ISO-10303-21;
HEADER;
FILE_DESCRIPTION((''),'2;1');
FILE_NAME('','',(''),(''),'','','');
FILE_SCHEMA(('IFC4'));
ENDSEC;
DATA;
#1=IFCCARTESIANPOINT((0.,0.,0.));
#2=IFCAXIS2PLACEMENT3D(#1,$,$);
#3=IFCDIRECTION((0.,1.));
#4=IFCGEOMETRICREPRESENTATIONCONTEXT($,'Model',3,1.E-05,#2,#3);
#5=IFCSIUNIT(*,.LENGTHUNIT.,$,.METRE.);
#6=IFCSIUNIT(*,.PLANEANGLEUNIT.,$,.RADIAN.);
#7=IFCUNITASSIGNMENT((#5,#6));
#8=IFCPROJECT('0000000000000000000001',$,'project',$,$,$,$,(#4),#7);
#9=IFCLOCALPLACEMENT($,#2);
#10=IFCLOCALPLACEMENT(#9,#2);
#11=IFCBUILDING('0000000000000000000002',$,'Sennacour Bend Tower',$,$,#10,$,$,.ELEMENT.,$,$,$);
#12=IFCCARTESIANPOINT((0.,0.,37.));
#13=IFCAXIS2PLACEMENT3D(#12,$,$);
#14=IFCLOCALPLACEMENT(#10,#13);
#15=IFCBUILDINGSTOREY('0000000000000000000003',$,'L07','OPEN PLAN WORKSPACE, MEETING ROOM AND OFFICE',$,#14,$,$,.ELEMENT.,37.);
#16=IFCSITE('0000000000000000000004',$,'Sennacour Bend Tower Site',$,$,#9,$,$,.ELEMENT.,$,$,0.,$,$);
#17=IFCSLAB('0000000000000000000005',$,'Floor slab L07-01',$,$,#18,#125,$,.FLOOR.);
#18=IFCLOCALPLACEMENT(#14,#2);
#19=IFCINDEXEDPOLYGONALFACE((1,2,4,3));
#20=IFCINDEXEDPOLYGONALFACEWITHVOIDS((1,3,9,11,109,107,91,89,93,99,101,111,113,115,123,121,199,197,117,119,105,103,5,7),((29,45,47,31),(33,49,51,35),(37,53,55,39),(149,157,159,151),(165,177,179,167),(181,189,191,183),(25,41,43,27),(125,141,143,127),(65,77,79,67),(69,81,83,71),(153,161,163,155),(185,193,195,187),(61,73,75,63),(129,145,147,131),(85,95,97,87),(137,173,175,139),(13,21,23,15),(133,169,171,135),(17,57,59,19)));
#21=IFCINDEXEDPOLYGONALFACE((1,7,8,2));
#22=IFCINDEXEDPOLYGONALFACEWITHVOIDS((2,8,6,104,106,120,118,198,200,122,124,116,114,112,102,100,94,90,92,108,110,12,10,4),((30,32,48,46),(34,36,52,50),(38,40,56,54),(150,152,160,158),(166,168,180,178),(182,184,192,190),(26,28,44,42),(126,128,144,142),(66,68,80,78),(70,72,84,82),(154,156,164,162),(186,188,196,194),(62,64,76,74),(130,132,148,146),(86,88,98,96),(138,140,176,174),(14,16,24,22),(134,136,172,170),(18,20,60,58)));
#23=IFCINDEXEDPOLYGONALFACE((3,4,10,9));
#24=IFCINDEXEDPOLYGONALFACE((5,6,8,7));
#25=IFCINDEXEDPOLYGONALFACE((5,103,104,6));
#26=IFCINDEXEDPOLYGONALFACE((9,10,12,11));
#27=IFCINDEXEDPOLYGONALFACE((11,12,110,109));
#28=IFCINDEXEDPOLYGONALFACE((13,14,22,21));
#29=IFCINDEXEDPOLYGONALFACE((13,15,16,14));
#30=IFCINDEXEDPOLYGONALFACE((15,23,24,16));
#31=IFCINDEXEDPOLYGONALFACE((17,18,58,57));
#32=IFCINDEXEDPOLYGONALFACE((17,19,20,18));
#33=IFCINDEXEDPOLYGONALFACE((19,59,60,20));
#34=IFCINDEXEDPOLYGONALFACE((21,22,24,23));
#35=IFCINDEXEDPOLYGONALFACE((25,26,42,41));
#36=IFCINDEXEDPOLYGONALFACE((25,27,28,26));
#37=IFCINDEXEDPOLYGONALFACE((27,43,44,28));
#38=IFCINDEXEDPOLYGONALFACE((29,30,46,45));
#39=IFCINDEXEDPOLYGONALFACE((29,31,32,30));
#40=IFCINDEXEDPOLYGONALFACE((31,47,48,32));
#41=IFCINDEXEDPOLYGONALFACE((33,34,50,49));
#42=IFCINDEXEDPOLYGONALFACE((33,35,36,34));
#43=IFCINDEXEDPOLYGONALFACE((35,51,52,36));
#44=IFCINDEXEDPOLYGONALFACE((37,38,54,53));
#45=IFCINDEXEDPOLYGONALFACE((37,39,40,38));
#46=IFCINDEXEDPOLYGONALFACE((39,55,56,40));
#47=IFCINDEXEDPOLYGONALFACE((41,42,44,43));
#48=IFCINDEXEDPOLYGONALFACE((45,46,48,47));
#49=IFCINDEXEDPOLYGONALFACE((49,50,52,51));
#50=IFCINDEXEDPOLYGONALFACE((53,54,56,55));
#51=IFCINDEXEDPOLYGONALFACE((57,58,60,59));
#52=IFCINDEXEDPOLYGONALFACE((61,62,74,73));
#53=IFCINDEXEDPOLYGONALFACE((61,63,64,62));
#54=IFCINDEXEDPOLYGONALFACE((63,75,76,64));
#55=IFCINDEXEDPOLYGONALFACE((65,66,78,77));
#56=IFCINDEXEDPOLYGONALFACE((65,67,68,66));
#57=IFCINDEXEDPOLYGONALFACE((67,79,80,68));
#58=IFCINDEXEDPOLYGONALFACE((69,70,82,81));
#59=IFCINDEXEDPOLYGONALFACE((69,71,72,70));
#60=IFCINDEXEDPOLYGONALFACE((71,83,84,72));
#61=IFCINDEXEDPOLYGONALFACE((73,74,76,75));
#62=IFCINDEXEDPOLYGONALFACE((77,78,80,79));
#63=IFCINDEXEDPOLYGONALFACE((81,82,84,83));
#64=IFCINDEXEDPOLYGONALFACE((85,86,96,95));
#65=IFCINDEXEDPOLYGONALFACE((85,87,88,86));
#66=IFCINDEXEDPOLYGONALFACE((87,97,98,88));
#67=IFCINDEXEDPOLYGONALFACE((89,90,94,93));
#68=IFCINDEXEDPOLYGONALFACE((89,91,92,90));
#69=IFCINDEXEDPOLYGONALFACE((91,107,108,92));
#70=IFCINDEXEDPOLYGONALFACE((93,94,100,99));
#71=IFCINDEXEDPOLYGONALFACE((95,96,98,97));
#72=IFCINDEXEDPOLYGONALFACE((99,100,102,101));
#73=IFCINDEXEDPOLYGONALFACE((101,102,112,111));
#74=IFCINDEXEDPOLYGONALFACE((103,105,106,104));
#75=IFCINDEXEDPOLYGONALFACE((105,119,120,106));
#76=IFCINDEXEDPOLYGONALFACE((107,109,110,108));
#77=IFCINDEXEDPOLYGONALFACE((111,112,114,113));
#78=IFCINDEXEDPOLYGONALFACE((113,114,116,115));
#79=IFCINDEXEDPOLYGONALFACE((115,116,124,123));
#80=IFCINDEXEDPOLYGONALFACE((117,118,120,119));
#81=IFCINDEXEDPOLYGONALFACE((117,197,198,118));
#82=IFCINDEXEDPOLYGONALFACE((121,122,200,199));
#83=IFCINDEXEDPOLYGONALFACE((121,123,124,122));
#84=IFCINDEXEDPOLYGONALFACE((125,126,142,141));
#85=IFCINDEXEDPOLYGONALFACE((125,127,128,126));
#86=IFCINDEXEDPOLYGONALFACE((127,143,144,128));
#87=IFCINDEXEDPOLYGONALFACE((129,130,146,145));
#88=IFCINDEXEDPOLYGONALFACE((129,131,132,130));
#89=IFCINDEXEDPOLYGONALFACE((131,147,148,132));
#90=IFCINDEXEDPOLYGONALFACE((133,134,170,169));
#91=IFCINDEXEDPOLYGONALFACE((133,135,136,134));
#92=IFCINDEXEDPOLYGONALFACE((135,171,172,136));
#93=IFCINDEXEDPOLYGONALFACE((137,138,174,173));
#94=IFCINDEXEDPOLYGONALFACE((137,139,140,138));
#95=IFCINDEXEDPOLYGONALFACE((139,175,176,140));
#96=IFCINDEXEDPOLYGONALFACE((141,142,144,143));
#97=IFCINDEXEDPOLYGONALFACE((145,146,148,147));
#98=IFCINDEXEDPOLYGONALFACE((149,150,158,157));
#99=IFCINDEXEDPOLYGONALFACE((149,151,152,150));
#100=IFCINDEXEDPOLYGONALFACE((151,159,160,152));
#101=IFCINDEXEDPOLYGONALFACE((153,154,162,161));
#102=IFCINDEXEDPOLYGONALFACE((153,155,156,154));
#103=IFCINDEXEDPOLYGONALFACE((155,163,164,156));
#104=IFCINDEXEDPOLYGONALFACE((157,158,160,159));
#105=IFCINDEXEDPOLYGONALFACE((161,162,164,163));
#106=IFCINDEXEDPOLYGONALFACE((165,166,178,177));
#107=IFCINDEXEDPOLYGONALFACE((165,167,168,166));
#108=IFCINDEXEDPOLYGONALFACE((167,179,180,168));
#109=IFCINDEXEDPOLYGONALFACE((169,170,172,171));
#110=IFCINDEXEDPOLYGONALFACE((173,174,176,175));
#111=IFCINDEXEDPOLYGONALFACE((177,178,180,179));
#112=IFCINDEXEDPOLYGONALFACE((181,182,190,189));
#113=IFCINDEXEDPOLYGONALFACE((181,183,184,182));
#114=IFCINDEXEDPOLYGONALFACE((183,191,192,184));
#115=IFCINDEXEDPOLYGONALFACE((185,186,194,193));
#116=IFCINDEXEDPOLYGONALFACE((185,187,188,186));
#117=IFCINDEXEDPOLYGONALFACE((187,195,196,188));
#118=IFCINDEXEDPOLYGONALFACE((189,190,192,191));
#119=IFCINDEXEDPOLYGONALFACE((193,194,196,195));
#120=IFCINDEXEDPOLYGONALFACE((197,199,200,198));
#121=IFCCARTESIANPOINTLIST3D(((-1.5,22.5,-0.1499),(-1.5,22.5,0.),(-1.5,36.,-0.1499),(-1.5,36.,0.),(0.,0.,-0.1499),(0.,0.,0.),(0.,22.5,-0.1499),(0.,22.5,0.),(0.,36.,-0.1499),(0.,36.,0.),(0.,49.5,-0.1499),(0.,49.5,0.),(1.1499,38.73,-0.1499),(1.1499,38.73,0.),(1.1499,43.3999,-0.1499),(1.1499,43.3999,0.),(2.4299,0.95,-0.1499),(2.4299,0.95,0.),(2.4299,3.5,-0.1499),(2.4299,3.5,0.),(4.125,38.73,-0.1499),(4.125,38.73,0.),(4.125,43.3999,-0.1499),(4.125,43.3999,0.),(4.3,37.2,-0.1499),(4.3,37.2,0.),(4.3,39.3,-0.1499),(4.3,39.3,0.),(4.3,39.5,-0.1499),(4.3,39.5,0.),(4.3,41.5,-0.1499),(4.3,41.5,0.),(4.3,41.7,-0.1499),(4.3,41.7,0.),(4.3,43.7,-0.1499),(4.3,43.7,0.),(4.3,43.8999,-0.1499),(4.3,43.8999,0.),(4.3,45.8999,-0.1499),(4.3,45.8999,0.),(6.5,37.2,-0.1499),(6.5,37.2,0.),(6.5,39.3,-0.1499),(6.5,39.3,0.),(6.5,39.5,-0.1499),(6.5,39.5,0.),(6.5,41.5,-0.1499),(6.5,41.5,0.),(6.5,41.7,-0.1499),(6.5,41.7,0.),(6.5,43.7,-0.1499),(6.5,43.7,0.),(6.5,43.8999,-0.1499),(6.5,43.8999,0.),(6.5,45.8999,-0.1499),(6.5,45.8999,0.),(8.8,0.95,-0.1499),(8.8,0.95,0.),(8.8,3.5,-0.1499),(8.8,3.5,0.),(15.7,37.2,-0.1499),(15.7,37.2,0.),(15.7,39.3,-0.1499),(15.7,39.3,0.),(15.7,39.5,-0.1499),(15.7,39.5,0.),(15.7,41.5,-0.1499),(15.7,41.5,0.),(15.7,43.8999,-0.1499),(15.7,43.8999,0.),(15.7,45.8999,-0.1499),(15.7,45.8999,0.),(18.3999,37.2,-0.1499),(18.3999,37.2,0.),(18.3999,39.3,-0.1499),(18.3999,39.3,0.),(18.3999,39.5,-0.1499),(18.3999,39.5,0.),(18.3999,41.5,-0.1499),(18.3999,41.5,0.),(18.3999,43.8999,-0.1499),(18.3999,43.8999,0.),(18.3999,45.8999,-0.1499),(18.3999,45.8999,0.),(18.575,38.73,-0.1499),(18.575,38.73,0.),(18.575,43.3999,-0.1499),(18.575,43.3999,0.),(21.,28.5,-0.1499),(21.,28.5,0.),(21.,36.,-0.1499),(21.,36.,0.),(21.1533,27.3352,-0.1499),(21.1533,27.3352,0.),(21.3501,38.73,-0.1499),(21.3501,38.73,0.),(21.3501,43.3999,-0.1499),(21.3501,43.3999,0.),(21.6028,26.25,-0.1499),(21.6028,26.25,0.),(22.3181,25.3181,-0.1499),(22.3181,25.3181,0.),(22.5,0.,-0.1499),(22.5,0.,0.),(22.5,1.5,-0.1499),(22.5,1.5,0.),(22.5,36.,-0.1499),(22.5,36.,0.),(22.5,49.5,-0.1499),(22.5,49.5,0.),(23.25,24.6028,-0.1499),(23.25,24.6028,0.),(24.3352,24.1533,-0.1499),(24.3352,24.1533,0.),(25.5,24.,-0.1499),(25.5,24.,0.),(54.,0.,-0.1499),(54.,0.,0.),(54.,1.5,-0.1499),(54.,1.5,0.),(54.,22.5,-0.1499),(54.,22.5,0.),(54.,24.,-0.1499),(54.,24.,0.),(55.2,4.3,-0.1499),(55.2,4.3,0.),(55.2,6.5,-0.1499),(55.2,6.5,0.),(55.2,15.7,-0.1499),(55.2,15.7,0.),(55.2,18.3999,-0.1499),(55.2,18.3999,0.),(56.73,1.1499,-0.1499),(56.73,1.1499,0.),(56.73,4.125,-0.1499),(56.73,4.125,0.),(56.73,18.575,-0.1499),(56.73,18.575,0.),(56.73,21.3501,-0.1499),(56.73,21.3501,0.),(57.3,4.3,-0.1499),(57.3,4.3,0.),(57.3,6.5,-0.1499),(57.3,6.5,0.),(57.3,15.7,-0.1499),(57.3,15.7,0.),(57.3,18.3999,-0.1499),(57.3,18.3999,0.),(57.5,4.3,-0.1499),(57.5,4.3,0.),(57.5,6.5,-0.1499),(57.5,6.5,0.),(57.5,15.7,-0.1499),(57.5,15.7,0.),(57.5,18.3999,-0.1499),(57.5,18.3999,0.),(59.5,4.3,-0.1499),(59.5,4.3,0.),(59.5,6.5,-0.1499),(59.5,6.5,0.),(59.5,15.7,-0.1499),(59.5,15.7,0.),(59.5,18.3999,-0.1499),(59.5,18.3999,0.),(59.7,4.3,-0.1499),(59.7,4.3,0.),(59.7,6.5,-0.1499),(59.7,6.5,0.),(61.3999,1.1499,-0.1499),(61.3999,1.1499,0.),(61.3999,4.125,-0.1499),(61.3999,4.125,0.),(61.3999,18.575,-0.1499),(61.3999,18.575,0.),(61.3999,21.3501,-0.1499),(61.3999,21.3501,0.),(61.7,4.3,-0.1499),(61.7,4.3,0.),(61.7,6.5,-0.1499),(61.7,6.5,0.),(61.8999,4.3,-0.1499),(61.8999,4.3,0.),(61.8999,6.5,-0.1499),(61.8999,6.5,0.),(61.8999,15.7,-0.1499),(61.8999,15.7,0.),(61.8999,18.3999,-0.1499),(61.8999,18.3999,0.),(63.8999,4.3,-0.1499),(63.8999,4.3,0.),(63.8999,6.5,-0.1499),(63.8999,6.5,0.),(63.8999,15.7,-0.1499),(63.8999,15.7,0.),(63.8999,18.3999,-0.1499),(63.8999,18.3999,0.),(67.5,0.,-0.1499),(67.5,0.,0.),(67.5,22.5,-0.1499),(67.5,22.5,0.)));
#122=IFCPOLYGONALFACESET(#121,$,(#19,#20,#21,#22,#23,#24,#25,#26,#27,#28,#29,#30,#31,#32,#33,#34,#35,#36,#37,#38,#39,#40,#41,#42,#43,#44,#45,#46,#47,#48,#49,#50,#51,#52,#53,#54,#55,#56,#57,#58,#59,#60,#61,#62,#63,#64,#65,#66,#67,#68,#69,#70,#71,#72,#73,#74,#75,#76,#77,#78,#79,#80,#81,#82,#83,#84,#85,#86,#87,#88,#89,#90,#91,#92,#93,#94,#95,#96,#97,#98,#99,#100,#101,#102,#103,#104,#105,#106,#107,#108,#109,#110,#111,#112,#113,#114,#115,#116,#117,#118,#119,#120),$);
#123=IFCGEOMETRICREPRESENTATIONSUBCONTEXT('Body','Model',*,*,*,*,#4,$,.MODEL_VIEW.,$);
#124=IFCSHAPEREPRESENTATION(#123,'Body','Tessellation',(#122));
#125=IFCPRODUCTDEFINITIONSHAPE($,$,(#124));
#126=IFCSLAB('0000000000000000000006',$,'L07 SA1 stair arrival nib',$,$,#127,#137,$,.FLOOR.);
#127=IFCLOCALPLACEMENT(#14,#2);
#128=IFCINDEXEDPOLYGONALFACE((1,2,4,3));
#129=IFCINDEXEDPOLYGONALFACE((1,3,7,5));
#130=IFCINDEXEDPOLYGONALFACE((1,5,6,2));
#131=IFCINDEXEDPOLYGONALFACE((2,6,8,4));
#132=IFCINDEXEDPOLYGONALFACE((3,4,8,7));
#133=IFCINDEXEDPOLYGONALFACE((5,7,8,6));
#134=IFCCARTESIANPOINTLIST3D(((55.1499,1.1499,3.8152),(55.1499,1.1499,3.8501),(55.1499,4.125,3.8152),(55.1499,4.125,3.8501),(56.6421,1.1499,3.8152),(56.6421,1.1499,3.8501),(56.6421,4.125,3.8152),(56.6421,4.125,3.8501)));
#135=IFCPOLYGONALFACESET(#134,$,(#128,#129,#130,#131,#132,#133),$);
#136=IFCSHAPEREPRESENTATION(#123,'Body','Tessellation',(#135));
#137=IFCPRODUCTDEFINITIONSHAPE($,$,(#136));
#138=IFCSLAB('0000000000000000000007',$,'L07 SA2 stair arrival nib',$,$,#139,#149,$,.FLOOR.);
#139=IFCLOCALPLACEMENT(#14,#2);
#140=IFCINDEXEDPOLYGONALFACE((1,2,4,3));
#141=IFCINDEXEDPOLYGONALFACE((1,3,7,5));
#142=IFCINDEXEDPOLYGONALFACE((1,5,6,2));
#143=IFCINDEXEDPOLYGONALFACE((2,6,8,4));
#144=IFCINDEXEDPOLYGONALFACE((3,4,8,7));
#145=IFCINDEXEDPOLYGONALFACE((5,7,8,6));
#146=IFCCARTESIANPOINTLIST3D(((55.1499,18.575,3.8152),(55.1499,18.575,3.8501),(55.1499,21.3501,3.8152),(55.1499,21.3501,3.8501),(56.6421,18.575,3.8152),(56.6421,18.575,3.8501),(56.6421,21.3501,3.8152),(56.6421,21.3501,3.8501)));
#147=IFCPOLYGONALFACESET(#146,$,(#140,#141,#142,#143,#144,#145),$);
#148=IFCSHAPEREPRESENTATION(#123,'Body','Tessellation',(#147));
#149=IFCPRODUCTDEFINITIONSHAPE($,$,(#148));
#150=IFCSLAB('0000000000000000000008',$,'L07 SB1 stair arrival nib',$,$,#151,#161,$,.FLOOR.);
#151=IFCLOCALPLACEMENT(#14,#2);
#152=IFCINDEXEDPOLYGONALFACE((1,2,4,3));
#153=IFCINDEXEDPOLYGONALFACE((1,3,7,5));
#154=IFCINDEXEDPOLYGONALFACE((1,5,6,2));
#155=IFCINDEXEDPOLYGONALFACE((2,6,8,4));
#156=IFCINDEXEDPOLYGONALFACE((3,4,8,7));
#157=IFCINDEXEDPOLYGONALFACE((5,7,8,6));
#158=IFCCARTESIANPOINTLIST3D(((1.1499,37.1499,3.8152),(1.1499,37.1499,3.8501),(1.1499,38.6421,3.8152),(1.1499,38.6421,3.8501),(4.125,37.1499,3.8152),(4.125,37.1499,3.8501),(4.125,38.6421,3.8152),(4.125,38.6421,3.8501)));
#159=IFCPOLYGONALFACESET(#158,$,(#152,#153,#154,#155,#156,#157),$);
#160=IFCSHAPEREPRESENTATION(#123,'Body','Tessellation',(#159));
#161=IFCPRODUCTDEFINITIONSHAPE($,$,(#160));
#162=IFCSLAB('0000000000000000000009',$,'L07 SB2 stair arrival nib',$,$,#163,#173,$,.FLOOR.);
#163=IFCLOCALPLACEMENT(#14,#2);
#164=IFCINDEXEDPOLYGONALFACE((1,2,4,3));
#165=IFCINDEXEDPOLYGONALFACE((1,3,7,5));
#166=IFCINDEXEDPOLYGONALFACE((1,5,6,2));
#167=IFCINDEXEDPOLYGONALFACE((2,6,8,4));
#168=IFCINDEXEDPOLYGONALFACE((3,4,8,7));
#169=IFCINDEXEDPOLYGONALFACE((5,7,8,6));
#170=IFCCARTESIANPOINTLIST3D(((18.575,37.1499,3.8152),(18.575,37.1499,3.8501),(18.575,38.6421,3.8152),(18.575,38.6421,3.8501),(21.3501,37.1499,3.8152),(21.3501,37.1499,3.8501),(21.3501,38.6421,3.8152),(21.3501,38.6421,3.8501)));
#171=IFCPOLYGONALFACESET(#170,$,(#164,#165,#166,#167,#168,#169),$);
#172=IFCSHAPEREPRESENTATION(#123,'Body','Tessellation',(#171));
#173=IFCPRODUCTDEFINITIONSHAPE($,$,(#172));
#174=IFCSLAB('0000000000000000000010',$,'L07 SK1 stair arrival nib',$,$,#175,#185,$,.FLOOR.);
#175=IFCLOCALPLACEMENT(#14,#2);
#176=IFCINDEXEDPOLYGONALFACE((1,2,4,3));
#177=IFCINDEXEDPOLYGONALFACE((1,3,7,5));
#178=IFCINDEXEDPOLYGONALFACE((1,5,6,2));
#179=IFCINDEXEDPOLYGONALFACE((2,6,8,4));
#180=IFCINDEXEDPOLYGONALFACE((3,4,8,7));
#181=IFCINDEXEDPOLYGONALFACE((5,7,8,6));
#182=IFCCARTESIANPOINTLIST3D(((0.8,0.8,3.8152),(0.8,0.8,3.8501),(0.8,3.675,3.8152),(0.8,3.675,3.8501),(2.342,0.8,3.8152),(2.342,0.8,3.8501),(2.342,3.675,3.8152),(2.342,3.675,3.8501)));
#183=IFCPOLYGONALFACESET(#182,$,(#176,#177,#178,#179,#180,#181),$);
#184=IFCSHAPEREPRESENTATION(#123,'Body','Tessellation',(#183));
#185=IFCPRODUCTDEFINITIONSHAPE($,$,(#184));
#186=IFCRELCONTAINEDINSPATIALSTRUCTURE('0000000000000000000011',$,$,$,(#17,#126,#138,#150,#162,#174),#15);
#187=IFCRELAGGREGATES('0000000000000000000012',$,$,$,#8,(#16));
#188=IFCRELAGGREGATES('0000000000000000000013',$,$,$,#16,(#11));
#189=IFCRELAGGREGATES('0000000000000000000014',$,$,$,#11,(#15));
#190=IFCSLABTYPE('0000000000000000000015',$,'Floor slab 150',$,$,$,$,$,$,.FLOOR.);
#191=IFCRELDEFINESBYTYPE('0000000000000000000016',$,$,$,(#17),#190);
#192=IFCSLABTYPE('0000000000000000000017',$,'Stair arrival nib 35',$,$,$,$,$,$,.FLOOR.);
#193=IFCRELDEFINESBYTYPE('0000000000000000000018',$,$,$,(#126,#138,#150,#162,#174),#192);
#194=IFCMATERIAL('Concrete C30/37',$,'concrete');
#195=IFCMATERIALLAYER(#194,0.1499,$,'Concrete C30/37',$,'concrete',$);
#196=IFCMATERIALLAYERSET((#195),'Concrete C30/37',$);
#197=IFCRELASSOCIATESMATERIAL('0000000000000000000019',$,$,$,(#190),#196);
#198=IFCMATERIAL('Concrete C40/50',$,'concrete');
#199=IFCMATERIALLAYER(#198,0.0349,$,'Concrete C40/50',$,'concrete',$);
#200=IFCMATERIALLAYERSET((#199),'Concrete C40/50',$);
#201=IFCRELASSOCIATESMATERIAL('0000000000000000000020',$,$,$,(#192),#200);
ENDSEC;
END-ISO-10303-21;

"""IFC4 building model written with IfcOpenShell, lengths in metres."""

from ifc_helpers import new_model, si_unit, direction, frame, origin, place, context, subcontext, project, spatial, polyline, outline, extrude, material, layer, layer_set, type_object, element, save


model = new_model("IFC4")

# Units and contexts
model_context = context("Model", 3, precision=1e-05, world=origin(), true_north=direction((0.0, 1.0)))
body_context = subcontext(model_context, "Body", "Model", "MODEL_VIEW")
ifc_project = project(units=[si_unit("LENGTHUNIT", "METRE"), si_unit("PLANEANGLEUNIT", "RADIAN")], contexts=[model_context])

# Site, building, storey
site_placement = place(None, origin())
site = spatial("IfcSite", under=ifc_project, at=site_placement, Name="Sennacour Bend Tower Site", CompositionType="ELEMENT", RefElevation=0.0)
building_placement = place(site_placement, origin())
building = spatial("IfcBuilding", under=site, at=building_placement, Name="Sennacour Bend Tower", CompositionType="ELEMENT")
storey_placement = place(building_placement, frame((0.0, 0.0, 37.0)))
storey = spatial("IfcBuildingStorey", under=building, at=storey_placement, Name="L07", Description="OPEN PLAN WORKSPACE, MEETING ROOM AND OFFICE", CompositionType="ELEMENT", Elevation=37.0)

# Slabs
ifc_material_1 = material(Name="Concrete C30/37", Category="concrete")
ifc_layer_1 = layer(ifc_material_1, 0.1499, Name="Concrete C30/37", Category="concrete")
ifc_layer_set_1 = layer_set([ifc_layer_1], Name="Concrete C30/37")
slab_type_1 = type_object("IfcSlabType", Name="Floor slab 150", PredefinedType="FLOOR", material=ifc_layer_set_1)
slab_1_placement = place(storey_placement, frame((0.0, 0.0, -0.1499)))
element("IfcSlab", 1, at=slab_1_placement, inside=storey, type_object=slab_type_1, Name="Floor slab L07-01", PredefinedType="FLOOR", context=body_context, shape_type="SweptSolid", body=[
    extrude(outline(polyline([(0.0, 22.5), (-1.5, 22.5), (-1.5, 36.0), (0.0, 36.0), (0.0, 49.5), (22.5, 49.5), (22.5, 36.0), (21.0, 36.0), (21.0, 28.5), (21.1533, 27.3352), (21.6028, 26.25), (22.3181, 25.3181), (23.25, 24.6028), (24.3352, 24.1533), (25.5, 24.0), (54.0, 24.0), (54.0, 22.5), (67.5, 22.5), (67.5, 0.0), (54.0, 0.0), (54.0, 1.5), (22.5, 1.5), (22.5, 0.0), (0.0, 0.0), (0.0, 22.5)]), holes=[polyline([(8.8, 0.95), (8.8, 3.5), (2.4299, 3.5), (2.4299, 0.95), (8.8, 0.95)]), polyline([(6.5, 37.2), (6.5, 39.3), (4.3, 39.3), (4.3, 37.2), (6.5, 37.2)]), polyline([(18.3999, 37.2), (18.3999, 39.3), (15.7, 39.3), (15.7, 37.2), (18.3999, 37.2)]), polyline([(6.5, 39.5), (6.5, 41.5), (4.3, 41.5), (4.3, 39.5), (6.5, 39.5)]), polyline([(18.3999, 39.5), (18.3999, 41.5), (15.7, 41.5), (15.7, 39.5), (18.3999, 39.5)]), polyline([(4.125, 38.73), (4.125, 43.3999), (1.1499, 43.3999), (1.1499, 38.73), (4.125, 38.73)]), polyline([(21.3501, 38.73), (21.3501, 43.3999), (18.575, 43.3999), (18.575, 38.73), (21.3501, 38.73)]), polyline([(4.3, 41.7), (6.5, 41.7), (6.5, 43.7), (4.3, 43.7), (4.3, 41.7)]), polyline([(4.3, 43.8999), (6.5, 43.8999), (6.5, 45.8999), (4.3, 45.8999), (4.3, 43.8999)]), polyline([(18.3999, 43.8999), (18.3999, 45.8999), (15.7, 45.8999), (15.7, 43.8999), (18.3999, 43.8999)]), polyline([(61.3999, 1.1499), (61.3999, 4.125), (56.73, 4.125), (56.73, 1.1499), (61.3999, 1.1499)]), polyline([(57.3, 4.3), (57.3, 6.5), (55.2, 6.5), (55.2, 4.3), (57.3, 4.3)]), polyline([(57.5, 4.3), (59.5, 4.3), (59.5, 6.5), (57.5, 6.5), (57.5, 4.3)]), polyline([(59.7, 4.3), (61.7, 4.3), (61.7, 6.5), (59.7, 6.5), (59.7, 4.3)]), polyline([(63.8999, 4.3), (63.8999, 6.5), (61.8999, 6.5), (61.8999, 4.3), (63.8999, 4.3)]), polyline([(57.3, 15.7), (57.3, 18.3999), (55.2, 18.3999), (55.2, 15.7), (57.3, 15.7)]), polyline([(59.5, 15.7), (59.5, 18.3999), (57.5, 18.3999), (57.5, 15.7), (59.5, 15.7)]), polyline([(61.8999, 15.7), (63.8999, 15.7), (63.8999, 18.3999), (61.8999, 18.3999), (61.8999, 15.7)]), polyline([(56.73, 18.575), (61.3999, 18.575), (61.3999, 21.3501), (56.73, 21.3501), (56.73, 18.575)])]), origin(), (0.0, 0.0, 1.0), 0.1499),
])
ifc_material_2 = material(Name="Concrete C40/50", Category="concrete")
ifc_layer_2 = layer(ifc_material_2, 0.0349, Name="Concrete C40/50", Category="concrete")
ifc_layer_set_2 = layer_set([ifc_layer_2], Name="Concrete C40/50")
slab_type_2 = type_object("IfcSlabType", Name="Stair arrival nib 35", PredefinedType="FLOOR", material=ifc_layer_set_2)
slab_2_placement = place(storey_placement, frame((0.0, 0.0, 3.8152)))
element("IfcSlab", 2, at=slab_2_placement, inside=storey, type_object=slab_type_2, Name="L07 SA1 stair arrival nib", PredefinedType="FLOOR", context=body_context, shape_type="SweptSolid", body=[
    extrude(outline(polyline([(56.6421, 4.125), (55.1499, 4.125), (55.1499, 1.1499), (56.6421, 1.1499), (56.6421, 4.125)])), origin(), (0.0, 0.0, 1.0), 0.0349),
])
slab_3_placement = place(storey_placement, frame((0.0, 0.0, 3.8152)))
element("IfcSlab", 3, at=slab_3_placement, inside=storey, type_object=slab_type_2, Name="L07 SA2 stair arrival nib", PredefinedType="FLOOR", context=body_context, shape_type="SweptSolid", body=[
    extrude(outline(polyline([(56.6421, 21.3501), (55.1499, 21.3501), (55.1499, 18.575), (56.6421, 18.575), (56.6421, 21.3501)])), origin(), (0.0, 0.0, 1.0), 0.0349),
])
slab_4_placement = place(storey_placement, frame((0.0, 0.0, 3.8152)))
element("IfcSlab", 4, at=slab_4_placement, inside=storey, type_object=slab_type_2, Name="L07 SB1 stair arrival nib", PredefinedType="FLOOR", context=body_context, shape_type="SweptSolid", body=[
    extrude(outline(polyline([(1.1499, 38.6421), (1.1499, 37.1499), (4.125, 37.1499), (4.125, 38.6421), (1.1499, 38.6421)])), origin(), (0.0, 0.0, 1.0), 0.0349),
])
slab_5_placement = place(storey_placement, frame((0.0, 0.0, 3.8152)))
element("IfcSlab", 5, at=slab_5_placement, inside=storey, type_object=slab_type_2, Name="L07 SB2 stair arrival nib", PredefinedType="FLOOR", context=body_context, shape_type="SweptSolid", body=[
    extrude(outline(polyline([(18.575, 38.6421), (18.575, 37.1499), (21.3501, 37.1499), (21.3501, 38.6421), (18.575, 38.6421)])), origin(), (0.0, 0.0, 1.0), 0.0349),
])
slab_6_placement = place(storey_placement, frame((0.0, 0.0, 3.8152)))
element("IfcSlab", 6, at=slab_6_placement, inside=storey, type_object=slab_type_2, Name="L07 SK1 stair arrival nib", PredefinedType="FLOOR", context=body_context, shape_type="SweptSolid", body=[
    extrude(outline(polyline([(2.342, 3.675), (0.8, 3.675), (0.8, 0.8), (2.342, 0.8), (2.342, 3.675)])), origin(), (0.0, 0.0, 1.0), 0.0349),
])

save(model, "model.ifc")
